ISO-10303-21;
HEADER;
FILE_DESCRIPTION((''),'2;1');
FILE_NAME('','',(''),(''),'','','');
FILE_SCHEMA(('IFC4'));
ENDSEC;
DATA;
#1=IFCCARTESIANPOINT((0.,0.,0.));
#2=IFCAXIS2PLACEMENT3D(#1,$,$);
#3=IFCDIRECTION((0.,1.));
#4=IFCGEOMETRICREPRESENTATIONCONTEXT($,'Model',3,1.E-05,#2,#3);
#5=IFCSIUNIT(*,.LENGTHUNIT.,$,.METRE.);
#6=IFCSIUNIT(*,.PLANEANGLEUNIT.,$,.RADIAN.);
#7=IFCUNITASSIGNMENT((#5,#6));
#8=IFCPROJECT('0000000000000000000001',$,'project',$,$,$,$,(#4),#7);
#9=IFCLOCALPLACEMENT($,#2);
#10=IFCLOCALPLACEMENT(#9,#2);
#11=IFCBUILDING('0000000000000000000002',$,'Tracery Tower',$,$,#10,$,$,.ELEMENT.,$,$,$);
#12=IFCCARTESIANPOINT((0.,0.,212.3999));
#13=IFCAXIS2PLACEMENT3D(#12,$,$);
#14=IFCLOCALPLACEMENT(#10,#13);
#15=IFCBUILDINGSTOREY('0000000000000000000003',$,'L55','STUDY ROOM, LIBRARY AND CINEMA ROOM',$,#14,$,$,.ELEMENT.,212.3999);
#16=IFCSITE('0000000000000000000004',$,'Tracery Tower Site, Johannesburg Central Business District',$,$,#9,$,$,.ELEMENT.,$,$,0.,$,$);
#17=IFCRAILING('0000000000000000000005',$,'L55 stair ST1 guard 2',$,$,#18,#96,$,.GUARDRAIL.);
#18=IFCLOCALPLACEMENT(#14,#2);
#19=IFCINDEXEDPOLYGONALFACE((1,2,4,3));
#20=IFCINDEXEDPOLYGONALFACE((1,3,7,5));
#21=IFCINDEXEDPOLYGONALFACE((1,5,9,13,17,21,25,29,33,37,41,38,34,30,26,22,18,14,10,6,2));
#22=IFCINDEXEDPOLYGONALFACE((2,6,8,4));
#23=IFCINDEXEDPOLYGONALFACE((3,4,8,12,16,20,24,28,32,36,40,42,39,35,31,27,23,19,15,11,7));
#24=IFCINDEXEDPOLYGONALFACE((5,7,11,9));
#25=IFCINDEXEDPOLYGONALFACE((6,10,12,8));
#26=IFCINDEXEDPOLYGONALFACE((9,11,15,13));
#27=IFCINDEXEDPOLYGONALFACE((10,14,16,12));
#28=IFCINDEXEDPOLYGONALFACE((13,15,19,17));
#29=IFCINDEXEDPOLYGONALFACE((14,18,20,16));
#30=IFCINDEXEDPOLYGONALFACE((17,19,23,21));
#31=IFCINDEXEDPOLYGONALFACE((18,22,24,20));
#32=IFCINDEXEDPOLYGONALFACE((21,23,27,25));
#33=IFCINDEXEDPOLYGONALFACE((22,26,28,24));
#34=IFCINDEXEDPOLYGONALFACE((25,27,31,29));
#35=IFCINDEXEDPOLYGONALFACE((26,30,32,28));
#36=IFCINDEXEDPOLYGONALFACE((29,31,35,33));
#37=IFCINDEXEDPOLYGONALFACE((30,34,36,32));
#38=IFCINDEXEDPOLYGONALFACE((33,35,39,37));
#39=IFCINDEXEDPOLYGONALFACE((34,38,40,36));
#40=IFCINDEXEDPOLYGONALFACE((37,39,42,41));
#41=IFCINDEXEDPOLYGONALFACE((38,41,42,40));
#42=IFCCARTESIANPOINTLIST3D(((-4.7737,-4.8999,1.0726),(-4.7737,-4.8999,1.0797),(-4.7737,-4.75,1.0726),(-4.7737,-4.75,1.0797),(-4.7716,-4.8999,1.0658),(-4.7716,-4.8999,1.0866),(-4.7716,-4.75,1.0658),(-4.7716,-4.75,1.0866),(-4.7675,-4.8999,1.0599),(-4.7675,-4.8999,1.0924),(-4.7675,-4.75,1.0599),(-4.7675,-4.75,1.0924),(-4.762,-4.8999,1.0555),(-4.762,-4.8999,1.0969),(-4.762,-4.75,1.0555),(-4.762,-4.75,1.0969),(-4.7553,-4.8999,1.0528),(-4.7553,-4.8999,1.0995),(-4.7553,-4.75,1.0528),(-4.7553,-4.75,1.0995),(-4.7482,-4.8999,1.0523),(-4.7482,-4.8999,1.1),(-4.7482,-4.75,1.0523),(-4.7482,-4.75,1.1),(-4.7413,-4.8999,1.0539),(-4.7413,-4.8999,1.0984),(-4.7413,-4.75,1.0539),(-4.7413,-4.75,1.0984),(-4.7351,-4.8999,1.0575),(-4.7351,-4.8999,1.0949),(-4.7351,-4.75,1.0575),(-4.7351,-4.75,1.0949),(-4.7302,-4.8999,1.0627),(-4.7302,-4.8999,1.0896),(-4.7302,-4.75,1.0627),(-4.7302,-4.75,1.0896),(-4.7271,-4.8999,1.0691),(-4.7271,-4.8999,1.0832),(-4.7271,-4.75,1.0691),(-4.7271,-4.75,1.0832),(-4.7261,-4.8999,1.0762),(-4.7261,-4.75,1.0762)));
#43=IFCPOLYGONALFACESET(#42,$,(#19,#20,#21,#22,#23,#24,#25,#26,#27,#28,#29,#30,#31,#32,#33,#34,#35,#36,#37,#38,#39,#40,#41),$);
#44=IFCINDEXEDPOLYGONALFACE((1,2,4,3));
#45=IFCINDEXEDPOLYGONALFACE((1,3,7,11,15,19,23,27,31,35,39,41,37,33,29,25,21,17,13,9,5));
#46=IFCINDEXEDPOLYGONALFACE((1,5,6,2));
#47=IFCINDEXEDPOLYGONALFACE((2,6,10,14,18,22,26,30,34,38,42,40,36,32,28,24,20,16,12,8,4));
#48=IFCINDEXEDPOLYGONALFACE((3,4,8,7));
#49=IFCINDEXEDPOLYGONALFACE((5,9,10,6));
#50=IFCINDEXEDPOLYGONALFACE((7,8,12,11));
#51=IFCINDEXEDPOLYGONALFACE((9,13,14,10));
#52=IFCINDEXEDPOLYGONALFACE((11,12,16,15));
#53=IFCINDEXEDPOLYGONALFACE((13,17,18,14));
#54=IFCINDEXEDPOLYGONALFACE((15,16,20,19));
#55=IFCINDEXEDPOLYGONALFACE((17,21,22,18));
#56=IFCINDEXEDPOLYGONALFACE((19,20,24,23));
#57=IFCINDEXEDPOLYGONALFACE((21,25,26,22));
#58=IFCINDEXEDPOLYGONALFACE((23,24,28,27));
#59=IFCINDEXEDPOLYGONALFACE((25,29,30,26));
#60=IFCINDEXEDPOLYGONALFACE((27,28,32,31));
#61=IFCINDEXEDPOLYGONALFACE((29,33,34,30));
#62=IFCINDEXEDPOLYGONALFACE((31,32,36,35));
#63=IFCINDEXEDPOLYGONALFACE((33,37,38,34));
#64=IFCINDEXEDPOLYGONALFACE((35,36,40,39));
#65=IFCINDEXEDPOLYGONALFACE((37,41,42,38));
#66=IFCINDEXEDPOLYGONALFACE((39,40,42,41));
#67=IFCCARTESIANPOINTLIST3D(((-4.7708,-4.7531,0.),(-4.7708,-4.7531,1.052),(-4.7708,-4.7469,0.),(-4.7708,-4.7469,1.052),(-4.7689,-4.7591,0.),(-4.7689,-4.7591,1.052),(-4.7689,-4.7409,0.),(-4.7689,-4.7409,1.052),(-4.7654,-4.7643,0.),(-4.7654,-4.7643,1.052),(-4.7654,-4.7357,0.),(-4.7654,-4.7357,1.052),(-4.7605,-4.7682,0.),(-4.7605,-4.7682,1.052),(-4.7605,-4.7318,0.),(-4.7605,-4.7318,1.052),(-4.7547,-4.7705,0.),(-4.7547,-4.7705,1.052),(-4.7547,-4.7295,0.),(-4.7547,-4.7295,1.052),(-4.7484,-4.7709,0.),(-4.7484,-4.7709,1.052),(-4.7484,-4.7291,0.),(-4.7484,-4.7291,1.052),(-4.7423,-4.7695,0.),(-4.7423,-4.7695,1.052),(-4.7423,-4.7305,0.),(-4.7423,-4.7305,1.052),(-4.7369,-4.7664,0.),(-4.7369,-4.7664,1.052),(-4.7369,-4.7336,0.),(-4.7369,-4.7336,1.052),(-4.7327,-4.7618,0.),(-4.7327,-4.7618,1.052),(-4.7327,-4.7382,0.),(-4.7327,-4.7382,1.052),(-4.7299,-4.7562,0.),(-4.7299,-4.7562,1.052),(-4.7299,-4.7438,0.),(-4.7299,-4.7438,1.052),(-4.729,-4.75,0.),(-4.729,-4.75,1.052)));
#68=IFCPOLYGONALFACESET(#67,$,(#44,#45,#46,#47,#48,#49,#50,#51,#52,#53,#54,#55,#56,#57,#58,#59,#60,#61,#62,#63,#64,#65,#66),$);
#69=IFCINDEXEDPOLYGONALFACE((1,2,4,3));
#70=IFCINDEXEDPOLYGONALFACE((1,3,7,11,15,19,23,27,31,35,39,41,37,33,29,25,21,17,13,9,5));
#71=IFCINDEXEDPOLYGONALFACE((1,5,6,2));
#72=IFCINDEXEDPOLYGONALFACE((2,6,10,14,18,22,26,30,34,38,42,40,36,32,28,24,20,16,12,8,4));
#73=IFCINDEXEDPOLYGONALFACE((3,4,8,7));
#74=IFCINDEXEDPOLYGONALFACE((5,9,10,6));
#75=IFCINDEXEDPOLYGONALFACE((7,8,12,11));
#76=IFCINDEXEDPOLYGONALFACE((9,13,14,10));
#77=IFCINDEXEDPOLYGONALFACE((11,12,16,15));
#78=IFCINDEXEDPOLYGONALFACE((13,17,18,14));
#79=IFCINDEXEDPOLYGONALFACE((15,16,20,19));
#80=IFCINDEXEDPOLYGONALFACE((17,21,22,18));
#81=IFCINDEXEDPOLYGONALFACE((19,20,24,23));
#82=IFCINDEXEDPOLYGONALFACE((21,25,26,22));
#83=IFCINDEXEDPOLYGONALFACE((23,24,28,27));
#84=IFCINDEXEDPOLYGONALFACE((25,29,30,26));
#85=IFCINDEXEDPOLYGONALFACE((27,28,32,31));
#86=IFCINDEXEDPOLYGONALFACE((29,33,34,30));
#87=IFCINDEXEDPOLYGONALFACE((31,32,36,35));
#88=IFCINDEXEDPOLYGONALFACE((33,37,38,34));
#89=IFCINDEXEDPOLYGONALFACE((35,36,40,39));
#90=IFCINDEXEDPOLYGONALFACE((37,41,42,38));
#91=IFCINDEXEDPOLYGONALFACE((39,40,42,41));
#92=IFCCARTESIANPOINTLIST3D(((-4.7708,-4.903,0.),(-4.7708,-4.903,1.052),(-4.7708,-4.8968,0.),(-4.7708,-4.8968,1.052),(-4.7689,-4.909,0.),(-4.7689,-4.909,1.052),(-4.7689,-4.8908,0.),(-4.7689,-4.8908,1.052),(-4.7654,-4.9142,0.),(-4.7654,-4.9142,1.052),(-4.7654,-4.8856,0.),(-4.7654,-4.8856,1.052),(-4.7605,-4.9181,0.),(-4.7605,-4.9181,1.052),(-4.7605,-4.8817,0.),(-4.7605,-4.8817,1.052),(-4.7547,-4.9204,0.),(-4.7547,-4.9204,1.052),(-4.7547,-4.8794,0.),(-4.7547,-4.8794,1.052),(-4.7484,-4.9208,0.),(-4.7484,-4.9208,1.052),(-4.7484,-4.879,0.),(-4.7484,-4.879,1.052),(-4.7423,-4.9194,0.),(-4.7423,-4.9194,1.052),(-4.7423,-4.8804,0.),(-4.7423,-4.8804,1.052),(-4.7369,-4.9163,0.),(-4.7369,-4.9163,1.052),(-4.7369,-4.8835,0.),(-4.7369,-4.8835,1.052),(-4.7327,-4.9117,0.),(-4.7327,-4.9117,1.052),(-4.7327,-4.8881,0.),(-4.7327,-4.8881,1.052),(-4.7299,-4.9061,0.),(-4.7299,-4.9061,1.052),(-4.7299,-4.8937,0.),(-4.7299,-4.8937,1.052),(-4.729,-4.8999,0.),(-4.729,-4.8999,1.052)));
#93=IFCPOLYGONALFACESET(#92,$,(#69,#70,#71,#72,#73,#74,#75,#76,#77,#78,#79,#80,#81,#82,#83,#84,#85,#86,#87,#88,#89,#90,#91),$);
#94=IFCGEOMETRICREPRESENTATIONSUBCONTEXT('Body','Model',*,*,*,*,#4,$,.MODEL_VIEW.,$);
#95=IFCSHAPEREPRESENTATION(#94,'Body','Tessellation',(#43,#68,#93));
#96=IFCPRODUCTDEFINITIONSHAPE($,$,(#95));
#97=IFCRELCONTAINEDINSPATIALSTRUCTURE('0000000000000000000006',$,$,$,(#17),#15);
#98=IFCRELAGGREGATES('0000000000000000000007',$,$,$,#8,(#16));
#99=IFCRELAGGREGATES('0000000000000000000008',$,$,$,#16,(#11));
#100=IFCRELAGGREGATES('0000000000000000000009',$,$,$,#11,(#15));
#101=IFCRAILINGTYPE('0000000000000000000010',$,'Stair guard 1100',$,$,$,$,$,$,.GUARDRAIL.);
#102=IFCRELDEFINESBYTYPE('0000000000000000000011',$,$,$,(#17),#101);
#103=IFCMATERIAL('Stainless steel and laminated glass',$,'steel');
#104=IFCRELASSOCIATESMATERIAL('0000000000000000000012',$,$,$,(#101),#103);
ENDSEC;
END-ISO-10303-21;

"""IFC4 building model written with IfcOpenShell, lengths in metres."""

from ifc_helpers import new_model, si_unit, direction, frame, origin, origin_2d, place, context, subcontext, project, spatial, circle, extrude, material, type_object, element, save


model = new_model("IFC4")

# Units and contexts
model_context = context("Model", 3, precision=1e-05, world=origin(), true_north=direction((0.0, 1.0)))
body_context = subcontext(model_context, "Body", "Model", "MODEL_VIEW")
ifc_project = project(units=[si_unit("LENGTHUNIT", "METRE"), si_unit("PLANEANGLEUNIT", "RADIAN")], contexts=[model_context])

# Site, building, storey
site_placement = place(None, origin())
site = spatial("IfcSite", under=ifc_project, at=site_placement, Name="Tracery Tower Site, Johannesburg Central Business District", CompositionType="ELEMENT", RefElevation=0.0)
building_placement = place(site_placement, origin())
building = spatial("IfcBuilding", under=site, at=building_placement, Name="Tracery Tower", CompositionType="ELEMENT")
storey_placement = place(building_placement, frame((0.0, 0.0, 212.3999)))
storey = spatial("IfcBuildingStorey", under=building, at=storey_placement, Name="L55", Description="STUDY ROOM, LIBRARY AND CINEMA ROOM", CompositionType="ELEMENT", Elevation=212.3999)

# Railing
ifc_material_1 = material(Name="Stainless steel and laminated glass", Category="steel")
railing_type_1 = type_object("IfcRailingType", Name="Stair guard 1100", PredefinedType="GUARDRAIL", material=ifc_material_1)
railing_1_placement = place(storey_placement, frame((-4.75, -4.75, 0.0)))
element("IfcRailing", 1, at=railing_1_placement, inside=storey, type_object=railing_type_1, Name="L55 stair ST1 guard 2", PredefinedType="GUARDRAIL", context=body_context, shape_type="SweptSolid", body=[
    extrude(circle(Radius=0.0239, at=origin_2d()), frame((0.0, 0.0, 1.0762), z_axis=(0.0, -1.0, 0.0), x_axis=(1.0, 0.0, 0.0)), (0.0, 0.0, 1.0), 0.1499),
    extrude(circle(Radius=0.021, at=origin_2d()), origin(), (0.0, 0.0, 1.0), 1.052),
    extrude(circle(Radius=0.021, at=origin_2d()), frame((0.0, -0.1499, 0.0)), (0.0, 0.0, 1.0), 1.052),
])

save(model, "model.ifc")
